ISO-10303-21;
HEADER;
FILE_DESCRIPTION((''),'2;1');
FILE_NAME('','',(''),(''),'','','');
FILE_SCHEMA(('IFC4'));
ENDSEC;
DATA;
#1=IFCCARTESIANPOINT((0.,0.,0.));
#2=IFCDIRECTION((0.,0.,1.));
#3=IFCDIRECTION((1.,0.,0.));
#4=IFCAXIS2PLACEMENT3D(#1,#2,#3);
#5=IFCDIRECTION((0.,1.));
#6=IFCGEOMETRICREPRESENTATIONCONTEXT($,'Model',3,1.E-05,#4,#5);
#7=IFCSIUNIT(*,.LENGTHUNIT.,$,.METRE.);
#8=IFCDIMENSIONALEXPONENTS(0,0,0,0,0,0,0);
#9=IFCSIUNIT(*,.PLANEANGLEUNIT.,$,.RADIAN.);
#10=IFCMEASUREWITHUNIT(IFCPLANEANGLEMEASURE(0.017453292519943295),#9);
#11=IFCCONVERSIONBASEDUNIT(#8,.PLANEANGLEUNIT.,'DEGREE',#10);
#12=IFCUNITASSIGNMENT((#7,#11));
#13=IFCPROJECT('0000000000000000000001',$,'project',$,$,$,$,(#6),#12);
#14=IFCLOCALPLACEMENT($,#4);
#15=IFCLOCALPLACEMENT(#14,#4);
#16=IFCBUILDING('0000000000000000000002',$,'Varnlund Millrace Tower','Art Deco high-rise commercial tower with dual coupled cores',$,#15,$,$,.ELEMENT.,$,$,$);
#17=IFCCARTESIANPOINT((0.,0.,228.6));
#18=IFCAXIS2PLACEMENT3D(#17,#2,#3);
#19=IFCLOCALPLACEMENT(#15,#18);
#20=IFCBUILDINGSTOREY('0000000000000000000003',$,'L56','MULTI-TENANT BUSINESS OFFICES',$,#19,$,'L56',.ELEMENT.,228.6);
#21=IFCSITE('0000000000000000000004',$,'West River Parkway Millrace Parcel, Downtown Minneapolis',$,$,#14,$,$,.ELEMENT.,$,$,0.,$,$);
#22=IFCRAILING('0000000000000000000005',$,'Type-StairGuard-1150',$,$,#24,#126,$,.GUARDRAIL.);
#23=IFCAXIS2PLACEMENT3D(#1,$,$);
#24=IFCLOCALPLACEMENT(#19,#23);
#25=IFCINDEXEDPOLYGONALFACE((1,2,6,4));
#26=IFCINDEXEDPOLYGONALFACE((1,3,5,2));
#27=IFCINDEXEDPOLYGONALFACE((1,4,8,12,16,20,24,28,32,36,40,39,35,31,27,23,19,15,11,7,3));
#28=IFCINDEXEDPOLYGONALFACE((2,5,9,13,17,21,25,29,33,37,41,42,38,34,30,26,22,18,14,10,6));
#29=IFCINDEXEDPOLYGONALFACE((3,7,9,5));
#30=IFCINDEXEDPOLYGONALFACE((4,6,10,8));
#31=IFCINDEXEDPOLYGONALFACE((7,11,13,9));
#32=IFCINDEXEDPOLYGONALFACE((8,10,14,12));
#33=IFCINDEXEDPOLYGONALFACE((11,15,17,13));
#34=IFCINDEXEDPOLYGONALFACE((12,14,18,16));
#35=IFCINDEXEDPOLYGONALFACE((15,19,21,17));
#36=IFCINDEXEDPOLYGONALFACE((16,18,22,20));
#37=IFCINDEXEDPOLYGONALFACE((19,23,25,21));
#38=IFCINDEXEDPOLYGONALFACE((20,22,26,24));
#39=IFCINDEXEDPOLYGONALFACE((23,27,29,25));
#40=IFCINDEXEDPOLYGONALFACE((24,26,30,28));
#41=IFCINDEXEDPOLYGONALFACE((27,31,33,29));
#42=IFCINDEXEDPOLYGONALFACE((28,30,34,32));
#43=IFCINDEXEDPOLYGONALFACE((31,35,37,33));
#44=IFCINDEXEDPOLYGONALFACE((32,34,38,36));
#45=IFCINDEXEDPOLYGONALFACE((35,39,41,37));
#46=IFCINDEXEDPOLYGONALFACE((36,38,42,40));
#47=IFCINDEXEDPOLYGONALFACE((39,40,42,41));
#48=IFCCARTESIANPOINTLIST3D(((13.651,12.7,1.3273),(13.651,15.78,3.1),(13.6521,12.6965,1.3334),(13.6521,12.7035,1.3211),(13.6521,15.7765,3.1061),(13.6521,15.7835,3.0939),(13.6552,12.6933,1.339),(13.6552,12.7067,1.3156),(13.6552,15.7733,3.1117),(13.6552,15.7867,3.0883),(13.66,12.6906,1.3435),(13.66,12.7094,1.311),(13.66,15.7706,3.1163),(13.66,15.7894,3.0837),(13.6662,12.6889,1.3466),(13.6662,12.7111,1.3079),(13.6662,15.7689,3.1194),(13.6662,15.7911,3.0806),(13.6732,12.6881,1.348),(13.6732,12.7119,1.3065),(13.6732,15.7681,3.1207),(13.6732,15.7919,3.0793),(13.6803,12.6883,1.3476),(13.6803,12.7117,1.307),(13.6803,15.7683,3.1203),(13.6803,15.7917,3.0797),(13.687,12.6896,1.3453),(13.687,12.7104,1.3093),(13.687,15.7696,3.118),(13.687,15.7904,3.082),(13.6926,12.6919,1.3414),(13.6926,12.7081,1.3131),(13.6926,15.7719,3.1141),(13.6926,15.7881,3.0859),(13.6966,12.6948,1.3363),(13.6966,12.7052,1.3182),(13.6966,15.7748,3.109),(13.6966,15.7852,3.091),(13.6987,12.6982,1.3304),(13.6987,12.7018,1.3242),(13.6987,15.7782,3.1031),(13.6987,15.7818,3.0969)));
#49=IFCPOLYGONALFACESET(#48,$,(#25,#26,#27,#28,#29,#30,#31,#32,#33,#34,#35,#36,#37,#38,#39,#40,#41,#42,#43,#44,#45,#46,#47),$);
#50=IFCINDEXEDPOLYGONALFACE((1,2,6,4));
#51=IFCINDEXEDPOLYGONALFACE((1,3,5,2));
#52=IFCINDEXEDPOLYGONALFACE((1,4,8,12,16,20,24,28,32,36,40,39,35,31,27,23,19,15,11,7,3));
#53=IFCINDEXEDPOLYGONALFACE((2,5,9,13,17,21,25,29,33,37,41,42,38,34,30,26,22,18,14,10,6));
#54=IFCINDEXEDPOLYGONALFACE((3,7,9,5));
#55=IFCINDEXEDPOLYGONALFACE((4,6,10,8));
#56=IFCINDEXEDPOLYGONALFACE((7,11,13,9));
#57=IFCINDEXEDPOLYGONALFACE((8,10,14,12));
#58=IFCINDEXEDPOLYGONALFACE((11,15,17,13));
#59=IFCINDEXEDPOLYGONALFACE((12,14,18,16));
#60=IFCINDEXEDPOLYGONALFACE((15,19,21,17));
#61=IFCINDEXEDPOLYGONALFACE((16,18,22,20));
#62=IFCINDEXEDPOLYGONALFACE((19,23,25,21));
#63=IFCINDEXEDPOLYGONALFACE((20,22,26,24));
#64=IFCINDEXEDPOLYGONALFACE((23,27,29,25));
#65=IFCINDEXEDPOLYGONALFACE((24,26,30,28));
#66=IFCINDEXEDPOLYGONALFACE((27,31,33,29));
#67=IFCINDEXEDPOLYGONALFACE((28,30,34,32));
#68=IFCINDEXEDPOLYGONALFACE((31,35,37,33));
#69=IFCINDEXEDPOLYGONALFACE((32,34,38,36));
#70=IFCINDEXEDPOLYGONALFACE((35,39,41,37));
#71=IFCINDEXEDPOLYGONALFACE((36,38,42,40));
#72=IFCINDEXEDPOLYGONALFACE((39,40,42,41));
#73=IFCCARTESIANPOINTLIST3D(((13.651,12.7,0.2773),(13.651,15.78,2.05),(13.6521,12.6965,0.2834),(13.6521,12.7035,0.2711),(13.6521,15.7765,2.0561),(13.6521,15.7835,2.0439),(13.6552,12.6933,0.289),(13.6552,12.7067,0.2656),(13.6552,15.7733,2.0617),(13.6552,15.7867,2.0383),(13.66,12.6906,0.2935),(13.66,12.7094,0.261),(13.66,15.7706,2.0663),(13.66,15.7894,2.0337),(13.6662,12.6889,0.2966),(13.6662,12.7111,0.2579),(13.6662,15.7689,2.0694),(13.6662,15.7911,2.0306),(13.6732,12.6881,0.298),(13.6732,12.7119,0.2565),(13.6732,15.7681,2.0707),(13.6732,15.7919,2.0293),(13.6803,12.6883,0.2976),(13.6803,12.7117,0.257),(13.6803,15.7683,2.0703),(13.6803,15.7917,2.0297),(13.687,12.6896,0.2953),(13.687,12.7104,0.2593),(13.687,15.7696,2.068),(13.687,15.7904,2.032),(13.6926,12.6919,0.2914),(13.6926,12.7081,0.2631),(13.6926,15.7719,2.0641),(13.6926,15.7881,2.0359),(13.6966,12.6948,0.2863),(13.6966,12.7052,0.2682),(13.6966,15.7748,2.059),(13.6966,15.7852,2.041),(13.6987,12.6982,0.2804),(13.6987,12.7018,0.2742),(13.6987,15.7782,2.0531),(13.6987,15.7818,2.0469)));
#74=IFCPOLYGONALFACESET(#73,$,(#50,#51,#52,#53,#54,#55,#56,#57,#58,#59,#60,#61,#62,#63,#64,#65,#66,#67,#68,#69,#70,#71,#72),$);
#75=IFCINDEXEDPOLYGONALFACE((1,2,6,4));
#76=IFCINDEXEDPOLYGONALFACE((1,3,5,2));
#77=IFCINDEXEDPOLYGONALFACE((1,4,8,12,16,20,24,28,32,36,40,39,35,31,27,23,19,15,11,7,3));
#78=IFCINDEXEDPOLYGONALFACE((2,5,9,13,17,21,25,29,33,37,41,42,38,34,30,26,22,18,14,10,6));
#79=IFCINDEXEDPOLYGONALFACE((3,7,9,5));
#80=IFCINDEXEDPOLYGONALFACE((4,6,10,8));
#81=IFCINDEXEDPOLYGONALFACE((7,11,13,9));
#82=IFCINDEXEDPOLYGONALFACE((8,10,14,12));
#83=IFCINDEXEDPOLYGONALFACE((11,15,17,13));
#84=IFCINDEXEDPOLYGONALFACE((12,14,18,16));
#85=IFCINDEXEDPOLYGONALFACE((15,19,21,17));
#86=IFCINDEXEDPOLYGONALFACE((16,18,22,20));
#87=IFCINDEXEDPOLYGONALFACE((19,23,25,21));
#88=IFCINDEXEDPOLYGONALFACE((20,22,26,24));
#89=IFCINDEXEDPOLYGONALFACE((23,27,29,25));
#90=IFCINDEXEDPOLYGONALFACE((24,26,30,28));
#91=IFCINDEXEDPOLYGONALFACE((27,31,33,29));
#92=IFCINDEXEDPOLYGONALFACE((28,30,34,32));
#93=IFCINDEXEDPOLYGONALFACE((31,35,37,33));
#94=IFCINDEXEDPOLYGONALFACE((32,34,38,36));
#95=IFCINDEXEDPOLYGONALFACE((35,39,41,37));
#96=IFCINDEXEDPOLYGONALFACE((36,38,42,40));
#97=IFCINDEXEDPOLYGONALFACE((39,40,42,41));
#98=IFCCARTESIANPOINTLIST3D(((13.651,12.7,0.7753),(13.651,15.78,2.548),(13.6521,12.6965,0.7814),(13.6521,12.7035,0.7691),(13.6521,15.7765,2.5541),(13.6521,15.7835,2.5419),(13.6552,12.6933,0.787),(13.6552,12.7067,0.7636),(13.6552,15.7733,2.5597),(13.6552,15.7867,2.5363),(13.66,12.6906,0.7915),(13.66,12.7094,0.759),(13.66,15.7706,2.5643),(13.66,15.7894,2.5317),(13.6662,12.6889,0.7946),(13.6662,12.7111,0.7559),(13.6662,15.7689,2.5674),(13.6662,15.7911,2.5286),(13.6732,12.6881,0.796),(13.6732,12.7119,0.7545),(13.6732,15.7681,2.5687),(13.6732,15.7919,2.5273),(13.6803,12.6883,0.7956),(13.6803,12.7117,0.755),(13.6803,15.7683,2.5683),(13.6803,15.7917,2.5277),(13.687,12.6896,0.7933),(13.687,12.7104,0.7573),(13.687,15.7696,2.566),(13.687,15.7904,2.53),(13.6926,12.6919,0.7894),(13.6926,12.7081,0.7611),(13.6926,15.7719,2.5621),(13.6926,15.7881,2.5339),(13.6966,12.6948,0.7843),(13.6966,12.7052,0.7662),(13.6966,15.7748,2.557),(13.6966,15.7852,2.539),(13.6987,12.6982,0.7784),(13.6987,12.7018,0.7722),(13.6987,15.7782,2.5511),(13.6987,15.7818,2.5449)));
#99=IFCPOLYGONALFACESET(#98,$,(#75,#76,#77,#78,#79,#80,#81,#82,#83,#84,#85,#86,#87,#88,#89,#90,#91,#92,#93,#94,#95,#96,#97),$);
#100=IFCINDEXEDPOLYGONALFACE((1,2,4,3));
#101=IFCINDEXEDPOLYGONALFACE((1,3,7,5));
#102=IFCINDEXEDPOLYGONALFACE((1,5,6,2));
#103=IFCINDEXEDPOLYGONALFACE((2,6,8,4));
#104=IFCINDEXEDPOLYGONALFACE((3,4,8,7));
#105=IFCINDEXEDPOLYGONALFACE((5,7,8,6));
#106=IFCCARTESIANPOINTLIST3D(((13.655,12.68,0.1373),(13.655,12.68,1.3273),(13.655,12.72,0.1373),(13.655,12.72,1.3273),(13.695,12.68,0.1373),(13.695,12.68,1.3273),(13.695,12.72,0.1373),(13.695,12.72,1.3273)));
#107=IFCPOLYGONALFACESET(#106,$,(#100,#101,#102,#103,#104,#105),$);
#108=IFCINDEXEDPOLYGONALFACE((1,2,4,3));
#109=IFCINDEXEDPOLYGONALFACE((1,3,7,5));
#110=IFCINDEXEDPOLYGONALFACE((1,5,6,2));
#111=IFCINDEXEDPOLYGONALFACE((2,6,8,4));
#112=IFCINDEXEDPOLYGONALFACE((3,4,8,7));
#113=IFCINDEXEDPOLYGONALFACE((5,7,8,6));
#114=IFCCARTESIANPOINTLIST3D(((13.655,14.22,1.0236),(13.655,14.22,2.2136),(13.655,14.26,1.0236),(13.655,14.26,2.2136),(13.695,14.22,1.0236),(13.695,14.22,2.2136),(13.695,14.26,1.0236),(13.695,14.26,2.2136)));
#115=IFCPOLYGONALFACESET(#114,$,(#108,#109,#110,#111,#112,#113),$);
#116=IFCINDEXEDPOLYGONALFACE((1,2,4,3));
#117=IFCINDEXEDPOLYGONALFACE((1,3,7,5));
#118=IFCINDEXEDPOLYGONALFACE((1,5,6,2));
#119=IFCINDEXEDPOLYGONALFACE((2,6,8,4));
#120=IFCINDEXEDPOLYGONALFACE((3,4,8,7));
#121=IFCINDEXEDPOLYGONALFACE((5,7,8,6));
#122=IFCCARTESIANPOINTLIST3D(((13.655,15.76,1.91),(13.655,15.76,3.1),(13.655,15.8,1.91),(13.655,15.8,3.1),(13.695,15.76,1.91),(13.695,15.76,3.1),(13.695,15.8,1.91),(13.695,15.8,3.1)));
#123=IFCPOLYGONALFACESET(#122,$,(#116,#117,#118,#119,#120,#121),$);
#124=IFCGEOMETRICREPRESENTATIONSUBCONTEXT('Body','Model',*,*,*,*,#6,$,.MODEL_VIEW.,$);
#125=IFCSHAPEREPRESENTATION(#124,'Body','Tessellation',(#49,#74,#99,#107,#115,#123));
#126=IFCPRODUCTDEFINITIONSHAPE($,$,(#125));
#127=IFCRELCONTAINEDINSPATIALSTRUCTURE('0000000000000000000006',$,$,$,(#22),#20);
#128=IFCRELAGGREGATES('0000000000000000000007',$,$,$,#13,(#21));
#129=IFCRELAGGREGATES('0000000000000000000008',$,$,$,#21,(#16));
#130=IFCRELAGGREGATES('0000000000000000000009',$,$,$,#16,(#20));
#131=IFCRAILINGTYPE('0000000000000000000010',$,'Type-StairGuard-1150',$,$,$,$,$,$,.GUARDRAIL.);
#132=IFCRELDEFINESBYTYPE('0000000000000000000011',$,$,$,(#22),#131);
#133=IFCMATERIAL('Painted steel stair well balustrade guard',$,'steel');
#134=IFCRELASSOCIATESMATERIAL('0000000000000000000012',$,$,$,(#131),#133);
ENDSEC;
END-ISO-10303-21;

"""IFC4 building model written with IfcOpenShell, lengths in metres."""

from ifc_helpers import new_model, entity, si_unit, converted_unit, direction, frame, origin_with_axes, origin_2d_with_axis, place, context, subcontext, project, spatial, rectangle, circle, extrude, material, type_object, element, save


model = new_model("IFC4")

# Units and contexts
model_context = context("Model", 3, precision=1e-05, world=origin_with_axes(), true_north=direction((0.0, 1.0)))
body_context = subcontext(model_context, "Body", "Model", "MODEL_VIEW")
ifc_project = project(units=[si_unit("LENGTHUNIT", "METRE"), converted_unit("PLANEANGLEUNIT", "DEGREE", entity("IfcPlaneAngleMeasure", 0.017453292519943295), si_unit("PLANEANGLEUNIT", "RADIAN"), dimensions=[0, 0, 0, 0, 0, 0, 0])], contexts=[model_context])

# Site, building, storey
site_placement = place(None, origin_with_axes())
site = spatial("IfcSite", under=ifc_project, at=site_placement, Name="West River Parkway Millrace Parcel, Downtown Minneapolis", CompositionType="ELEMENT", RefElevation=0.0)
building_placement = place(site_placement, origin_with_axes())
building = spatial("IfcBuilding", under=site, at=building_placement, Name="Varnlund Millrace Tower", Description="Art Deco high-rise commercial tower with dual coupled cores", CompositionType="ELEMENT")
storey_placement = place(building_placement, frame((0.0, 0.0, 228.6), z_axis=(0.0, 0.0, 1.0), x_axis=(1.0, 0.0, 0.0)))
storey = spatial("IfcBuildingStorey", under=building, at=storey_placement, Name="L56", Description="MULTI-TENANT BUSINESS OFFICES", LongName="L56", CompositionType="ELEMENT", Elevation=228.6)

# Railing
ifc_material_1 = material(Name="Painted steel stair well balustrade guard", Category="steel")
railing_type_1 = type_object("IfcRailingType", Name="Type-StairGuard-1150", PredefinedType="GUARDRAIL", material=ifc_material_1)
railing_1_placement = place(storey_placement, frame((0.0, 0.0, -228.6), z_axis=(0.0, 0.0, 1.0), x_axis=(1.0, 0.0, 0.0)))
element("IfcRailing", 1, at=railing_1_placement, inside=storey, type_object=railing_type_1, Name="Type-StairGuard-1150", PredefinedType="GUARDRAIL", context=body_context, shape_type="SweptSolid", body=[
    extrude(circle(Radius=0.024, at=origin_2d_with_axis()), frame((13.675, 12.7, 229.9273), z_axis=(0.0, 0.866696, 0.498836), x_axis=(-1.0, 0.0, 0.0)), (0.0, 0.0, 1.0), 3.5537),
    extrude(circle(Radius=0.024, at=origin_2d_with_axis()), frame((13.675, 12.7, 228.8773), z_axis=(0.0, 0.866696, 0.498836), x_axis=(-1.0, 0.0, 0.0)), (0.0, 0.0, 1.0), 3.5537),
    extrude(circle(Radius=0.024, at=origin_2d_with_axis()), frame((13.675, 12.7, 229.3753), z_axis=(0.0, 0.866696, 0.498836), x_axis=(-1.0, 0.0, 0.0)), (0.0, 0.0, 1.0), 3.5537),
    extrude(rectangle(XDim=0.04, YDim=0.04, at=origin_2d_with_axis()), frame((13.675, 12.7, 228.7373), z_axis=(0.0, 0.0, 1.0), x_axis=(1.0, 0.0, 0.0)), (0.0, 0.0, 1.0), 1.19),
    extrude(rectangle(XDim=0.04, YDim=0.04, at=origin_2d_with_axis()), frame((13.675, 14.24, 229.6236), z_axis=(0.0, 0.0, 1.0), x_axis=(1.0, 0.0, 0.0)), (0.0, 0.0, 1.0), 1.19),
    extrude(rectangle(XDim=0.04, YDim=0.04, at=origin_2d_with_axis()), frame((13.675, 15.78, 230.51), z_axis=(0.0, 0.0, 1.0), x_axis=(1.0, 0.0, 0.0)), (0.0, 0.0, 1.0), 1.19),
])

save(model, "model.ifc")
